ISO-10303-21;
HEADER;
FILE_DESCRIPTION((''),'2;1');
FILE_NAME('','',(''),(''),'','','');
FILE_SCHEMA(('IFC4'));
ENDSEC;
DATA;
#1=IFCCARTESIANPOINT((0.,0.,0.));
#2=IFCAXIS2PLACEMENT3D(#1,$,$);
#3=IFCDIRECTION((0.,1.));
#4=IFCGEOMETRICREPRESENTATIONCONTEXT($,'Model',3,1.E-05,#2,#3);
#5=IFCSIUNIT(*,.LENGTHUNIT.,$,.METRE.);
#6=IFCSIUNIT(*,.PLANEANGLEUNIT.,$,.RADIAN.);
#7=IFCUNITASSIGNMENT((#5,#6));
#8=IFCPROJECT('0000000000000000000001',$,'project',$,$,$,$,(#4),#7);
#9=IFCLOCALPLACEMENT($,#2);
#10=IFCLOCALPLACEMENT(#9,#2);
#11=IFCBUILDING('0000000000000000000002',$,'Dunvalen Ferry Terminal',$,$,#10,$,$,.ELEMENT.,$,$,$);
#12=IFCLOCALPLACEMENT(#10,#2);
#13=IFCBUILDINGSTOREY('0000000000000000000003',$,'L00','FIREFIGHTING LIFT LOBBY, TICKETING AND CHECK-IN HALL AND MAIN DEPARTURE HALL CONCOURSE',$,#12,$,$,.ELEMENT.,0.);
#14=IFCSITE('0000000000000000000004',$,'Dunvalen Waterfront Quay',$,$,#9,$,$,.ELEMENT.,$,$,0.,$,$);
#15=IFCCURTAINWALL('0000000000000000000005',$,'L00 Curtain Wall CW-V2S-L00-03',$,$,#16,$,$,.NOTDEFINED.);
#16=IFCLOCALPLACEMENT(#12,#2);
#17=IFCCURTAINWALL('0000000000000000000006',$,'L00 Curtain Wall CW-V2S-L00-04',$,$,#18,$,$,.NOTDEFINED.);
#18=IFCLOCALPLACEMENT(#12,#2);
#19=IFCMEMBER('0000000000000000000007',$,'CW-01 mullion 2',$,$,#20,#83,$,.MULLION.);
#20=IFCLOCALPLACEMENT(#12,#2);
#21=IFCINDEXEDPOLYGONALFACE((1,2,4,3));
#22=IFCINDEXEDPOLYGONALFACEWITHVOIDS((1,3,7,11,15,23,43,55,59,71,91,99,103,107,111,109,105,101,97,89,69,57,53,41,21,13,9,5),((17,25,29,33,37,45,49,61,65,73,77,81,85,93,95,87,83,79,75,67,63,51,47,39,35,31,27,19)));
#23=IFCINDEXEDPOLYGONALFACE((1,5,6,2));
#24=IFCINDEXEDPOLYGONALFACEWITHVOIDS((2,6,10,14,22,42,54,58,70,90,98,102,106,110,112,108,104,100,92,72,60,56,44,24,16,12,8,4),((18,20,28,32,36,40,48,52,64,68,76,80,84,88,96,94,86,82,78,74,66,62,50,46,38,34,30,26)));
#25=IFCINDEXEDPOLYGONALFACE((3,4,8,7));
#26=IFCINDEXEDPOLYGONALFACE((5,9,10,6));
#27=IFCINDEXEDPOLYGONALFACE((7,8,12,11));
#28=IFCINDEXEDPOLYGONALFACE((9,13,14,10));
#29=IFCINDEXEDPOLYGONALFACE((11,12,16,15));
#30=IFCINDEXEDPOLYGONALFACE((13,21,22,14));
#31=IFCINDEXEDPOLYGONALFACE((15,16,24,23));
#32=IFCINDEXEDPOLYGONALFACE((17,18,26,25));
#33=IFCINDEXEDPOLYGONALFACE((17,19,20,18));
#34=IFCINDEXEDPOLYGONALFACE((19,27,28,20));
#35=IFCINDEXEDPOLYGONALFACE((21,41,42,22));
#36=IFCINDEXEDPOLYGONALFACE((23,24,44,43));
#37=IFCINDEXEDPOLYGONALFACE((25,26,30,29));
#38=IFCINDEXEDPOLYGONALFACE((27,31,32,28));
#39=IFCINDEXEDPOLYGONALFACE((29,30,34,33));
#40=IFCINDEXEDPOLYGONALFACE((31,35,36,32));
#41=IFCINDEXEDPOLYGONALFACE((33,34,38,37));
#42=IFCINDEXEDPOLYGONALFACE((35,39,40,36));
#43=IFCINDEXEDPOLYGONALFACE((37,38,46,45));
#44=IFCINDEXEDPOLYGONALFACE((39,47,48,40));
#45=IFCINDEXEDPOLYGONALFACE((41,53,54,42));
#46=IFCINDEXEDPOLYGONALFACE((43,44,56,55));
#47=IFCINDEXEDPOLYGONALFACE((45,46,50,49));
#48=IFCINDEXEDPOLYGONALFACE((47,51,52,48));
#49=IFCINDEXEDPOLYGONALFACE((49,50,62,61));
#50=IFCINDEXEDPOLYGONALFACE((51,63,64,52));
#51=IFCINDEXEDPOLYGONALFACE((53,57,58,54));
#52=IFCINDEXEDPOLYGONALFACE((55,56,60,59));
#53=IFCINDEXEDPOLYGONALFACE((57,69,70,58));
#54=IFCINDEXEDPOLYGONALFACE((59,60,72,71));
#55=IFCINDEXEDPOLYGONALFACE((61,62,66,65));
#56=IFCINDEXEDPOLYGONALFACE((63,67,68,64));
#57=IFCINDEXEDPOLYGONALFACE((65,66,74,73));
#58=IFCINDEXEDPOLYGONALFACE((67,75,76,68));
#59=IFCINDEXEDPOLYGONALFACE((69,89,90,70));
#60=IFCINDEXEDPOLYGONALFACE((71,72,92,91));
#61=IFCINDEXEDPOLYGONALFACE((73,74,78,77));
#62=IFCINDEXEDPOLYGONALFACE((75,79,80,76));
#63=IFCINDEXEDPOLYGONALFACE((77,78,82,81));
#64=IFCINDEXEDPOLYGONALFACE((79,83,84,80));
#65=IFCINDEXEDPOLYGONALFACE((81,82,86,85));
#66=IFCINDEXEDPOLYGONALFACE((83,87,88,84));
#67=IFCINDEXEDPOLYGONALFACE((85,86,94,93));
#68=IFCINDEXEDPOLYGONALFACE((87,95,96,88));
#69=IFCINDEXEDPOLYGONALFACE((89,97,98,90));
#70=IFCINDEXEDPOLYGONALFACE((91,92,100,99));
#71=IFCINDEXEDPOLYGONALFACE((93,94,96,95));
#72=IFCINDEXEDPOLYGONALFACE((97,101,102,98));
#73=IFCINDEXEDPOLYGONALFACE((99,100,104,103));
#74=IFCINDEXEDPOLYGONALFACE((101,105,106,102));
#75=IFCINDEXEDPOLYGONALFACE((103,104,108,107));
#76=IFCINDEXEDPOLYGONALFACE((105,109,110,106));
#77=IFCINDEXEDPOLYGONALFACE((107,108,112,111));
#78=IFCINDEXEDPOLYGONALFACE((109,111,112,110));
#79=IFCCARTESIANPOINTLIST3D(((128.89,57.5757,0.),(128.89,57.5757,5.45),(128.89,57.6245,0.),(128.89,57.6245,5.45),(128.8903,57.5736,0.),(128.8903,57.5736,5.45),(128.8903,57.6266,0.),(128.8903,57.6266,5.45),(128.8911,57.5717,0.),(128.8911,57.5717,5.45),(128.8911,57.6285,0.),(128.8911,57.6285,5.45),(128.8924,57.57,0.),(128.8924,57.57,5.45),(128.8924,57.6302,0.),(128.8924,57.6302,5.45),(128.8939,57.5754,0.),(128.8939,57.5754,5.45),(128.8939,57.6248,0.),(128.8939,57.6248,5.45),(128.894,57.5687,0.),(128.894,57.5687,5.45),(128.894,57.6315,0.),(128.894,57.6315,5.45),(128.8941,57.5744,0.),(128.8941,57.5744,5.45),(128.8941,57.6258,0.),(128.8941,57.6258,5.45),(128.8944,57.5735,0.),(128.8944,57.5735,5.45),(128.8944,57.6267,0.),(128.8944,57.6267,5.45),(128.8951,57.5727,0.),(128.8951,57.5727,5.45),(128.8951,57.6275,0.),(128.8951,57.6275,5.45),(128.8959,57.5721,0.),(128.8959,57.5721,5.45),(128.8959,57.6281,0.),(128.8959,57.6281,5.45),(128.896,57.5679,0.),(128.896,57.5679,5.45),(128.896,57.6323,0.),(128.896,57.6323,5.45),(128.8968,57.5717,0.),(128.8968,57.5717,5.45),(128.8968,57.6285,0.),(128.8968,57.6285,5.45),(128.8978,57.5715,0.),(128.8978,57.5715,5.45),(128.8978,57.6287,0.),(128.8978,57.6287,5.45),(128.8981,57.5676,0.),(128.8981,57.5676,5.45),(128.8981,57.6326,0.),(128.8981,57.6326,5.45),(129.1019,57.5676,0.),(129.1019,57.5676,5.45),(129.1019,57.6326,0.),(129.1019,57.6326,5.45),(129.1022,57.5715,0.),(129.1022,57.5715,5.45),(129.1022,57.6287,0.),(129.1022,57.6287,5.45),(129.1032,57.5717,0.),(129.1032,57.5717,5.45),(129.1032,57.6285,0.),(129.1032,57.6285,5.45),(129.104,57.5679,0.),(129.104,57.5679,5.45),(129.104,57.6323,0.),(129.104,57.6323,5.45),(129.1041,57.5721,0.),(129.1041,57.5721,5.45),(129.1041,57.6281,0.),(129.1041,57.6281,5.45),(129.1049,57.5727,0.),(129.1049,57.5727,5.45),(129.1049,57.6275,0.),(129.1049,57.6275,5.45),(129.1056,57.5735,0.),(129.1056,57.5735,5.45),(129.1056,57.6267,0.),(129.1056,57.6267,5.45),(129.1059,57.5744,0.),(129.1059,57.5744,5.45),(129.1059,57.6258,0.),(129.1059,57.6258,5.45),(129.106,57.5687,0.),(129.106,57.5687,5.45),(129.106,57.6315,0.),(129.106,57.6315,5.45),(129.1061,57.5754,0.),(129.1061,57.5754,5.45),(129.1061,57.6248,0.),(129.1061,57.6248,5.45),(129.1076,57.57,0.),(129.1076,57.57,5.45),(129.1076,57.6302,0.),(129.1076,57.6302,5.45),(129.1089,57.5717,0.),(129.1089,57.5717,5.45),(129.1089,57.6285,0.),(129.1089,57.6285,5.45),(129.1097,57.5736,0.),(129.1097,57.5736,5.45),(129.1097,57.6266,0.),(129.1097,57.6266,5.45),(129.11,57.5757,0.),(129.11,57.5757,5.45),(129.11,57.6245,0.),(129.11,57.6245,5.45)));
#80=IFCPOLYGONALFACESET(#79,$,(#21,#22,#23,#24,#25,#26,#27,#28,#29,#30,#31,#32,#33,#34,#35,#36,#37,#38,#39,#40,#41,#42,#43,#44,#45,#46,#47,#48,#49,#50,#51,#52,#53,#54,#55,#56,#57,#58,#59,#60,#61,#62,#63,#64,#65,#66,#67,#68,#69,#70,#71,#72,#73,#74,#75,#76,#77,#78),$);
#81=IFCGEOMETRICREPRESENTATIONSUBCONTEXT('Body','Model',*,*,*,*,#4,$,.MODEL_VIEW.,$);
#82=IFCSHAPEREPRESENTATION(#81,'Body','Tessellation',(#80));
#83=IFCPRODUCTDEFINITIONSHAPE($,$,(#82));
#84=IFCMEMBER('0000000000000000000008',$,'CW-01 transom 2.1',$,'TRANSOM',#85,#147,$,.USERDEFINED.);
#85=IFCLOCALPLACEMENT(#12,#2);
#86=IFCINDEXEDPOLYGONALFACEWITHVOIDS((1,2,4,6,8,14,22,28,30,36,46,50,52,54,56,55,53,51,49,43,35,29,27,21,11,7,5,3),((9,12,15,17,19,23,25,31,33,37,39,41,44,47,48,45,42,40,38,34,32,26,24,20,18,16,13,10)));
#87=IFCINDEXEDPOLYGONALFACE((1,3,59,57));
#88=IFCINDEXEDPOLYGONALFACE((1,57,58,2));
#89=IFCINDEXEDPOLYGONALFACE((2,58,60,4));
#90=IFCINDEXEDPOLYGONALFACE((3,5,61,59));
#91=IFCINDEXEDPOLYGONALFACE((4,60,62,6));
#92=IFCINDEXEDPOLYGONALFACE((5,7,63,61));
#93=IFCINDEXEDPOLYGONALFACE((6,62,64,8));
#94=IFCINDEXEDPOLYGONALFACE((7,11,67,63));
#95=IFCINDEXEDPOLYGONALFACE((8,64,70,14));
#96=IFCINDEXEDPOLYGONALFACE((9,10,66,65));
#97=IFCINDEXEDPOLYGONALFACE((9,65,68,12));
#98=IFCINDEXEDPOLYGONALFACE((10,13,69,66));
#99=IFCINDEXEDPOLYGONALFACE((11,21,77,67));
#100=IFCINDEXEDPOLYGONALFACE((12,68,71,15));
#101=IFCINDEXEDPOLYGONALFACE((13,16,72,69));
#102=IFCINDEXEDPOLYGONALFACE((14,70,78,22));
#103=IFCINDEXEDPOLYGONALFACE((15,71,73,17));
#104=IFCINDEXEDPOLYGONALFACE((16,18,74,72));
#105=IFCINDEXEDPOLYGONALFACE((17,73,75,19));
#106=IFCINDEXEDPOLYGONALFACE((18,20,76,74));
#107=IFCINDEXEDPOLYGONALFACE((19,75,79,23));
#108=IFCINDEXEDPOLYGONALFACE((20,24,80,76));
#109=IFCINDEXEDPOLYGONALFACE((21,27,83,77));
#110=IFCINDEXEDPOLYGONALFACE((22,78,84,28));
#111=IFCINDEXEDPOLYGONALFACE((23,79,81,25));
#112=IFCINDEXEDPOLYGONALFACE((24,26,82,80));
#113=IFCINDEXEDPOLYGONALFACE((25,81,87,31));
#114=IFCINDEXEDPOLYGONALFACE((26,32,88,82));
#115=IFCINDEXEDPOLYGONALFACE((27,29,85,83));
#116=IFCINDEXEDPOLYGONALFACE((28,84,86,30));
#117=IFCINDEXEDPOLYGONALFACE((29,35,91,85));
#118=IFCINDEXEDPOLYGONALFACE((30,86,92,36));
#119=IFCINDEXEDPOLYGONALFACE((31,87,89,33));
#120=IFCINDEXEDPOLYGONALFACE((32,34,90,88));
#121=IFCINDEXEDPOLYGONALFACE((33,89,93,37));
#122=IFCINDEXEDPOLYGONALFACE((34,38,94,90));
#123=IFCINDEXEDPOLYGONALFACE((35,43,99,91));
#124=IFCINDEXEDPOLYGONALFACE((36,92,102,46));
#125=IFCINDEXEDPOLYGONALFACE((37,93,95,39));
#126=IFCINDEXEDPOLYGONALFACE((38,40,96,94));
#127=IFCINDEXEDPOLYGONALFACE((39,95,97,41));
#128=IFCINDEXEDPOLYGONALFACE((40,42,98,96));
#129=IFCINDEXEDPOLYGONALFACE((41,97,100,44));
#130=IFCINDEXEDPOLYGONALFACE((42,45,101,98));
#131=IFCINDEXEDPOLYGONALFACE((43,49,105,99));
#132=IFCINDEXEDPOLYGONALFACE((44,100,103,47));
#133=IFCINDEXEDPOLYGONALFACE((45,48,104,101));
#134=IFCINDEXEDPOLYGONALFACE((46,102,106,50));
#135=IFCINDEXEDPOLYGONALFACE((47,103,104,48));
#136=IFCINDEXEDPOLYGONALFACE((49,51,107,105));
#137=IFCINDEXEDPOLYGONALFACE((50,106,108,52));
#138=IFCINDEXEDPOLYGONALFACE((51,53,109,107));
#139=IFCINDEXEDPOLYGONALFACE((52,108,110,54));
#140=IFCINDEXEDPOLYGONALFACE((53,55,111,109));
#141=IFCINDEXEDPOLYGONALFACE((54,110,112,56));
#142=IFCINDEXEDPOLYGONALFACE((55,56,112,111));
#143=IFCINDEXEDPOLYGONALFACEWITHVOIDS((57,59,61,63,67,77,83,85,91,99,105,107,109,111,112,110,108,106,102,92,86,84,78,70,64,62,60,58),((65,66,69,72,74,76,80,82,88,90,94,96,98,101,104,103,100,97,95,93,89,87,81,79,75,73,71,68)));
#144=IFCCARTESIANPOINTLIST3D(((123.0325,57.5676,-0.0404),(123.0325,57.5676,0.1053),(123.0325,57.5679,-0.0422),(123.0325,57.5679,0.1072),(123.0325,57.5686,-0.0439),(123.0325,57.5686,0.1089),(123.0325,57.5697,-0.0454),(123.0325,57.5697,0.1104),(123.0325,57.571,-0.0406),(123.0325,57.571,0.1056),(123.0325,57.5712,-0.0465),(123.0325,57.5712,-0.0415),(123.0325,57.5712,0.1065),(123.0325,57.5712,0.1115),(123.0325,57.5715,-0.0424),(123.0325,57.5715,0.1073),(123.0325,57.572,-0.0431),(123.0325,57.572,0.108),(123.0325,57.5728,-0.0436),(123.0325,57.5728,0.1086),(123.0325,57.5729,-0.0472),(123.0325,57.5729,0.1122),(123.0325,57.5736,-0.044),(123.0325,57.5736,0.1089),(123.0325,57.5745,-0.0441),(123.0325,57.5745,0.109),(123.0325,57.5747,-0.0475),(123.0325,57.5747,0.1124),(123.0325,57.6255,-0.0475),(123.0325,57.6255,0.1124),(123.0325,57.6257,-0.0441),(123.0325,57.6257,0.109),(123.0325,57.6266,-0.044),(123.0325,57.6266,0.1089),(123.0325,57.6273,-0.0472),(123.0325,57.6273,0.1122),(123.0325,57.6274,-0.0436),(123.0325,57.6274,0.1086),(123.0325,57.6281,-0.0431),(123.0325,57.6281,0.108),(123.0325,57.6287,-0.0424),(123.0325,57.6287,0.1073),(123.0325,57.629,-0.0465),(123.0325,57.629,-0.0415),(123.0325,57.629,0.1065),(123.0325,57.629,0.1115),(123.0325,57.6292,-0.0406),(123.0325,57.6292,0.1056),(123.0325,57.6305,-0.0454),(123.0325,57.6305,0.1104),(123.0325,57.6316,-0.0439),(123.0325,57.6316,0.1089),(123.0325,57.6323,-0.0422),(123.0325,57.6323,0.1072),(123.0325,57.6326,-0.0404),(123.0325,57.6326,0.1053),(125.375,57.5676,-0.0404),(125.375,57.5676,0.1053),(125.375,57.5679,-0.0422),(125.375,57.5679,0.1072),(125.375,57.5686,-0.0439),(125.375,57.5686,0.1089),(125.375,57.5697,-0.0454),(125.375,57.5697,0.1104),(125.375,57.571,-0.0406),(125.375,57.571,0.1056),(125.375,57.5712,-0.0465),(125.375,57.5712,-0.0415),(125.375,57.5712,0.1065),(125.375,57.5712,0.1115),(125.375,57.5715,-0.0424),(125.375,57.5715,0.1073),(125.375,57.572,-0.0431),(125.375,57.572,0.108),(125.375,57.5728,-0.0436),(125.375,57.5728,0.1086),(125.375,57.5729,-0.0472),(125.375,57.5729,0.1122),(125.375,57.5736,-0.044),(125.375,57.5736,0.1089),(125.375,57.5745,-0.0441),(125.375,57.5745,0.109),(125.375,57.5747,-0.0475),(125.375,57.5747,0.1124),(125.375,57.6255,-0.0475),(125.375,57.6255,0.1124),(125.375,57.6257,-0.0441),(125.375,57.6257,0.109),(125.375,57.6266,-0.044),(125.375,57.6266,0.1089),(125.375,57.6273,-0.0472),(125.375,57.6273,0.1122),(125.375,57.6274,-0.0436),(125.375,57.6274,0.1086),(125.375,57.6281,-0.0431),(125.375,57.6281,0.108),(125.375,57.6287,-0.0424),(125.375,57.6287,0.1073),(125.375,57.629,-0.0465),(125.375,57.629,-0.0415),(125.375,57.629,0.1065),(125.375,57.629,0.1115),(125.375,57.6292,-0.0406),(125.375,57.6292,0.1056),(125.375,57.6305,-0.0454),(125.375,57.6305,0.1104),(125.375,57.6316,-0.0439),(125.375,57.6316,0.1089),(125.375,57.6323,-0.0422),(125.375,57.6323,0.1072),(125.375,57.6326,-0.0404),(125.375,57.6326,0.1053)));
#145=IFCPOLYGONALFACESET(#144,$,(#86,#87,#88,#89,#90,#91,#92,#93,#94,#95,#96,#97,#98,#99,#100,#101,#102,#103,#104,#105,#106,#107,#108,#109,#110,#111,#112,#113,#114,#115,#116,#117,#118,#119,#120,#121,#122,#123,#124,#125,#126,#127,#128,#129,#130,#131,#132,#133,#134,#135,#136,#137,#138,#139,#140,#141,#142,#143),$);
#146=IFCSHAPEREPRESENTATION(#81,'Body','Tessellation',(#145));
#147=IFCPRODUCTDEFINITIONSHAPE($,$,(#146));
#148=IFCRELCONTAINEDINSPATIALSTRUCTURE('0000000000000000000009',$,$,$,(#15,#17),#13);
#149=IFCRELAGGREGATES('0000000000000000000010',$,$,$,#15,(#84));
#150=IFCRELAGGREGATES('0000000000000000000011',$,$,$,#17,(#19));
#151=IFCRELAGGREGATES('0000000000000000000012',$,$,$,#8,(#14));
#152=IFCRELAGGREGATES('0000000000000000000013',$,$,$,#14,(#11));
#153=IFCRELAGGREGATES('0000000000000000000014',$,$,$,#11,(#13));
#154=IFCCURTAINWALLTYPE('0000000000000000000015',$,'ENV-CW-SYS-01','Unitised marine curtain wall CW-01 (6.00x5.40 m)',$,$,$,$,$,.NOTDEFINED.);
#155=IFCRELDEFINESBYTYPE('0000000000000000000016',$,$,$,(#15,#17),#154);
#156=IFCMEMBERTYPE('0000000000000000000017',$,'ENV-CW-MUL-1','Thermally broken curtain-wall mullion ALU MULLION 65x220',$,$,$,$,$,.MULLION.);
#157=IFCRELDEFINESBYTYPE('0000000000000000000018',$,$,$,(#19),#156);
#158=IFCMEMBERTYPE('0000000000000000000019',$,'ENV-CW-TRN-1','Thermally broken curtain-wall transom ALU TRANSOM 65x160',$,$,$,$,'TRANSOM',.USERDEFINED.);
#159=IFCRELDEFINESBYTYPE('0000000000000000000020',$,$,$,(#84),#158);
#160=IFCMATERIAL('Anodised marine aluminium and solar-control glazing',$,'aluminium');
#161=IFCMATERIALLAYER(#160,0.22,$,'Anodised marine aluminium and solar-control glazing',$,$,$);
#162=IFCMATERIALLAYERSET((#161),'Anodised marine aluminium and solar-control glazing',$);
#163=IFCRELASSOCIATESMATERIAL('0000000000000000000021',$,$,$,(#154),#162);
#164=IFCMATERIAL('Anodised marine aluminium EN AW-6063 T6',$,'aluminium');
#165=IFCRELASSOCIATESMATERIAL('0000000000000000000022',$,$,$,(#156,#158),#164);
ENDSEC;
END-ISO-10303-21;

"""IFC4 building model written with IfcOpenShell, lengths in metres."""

from ifc_helpers import new_model, si_unit, direction, frame, origin, origin_2d, place, context, subcontext, project, spatial, hollow_rectangle, extrude, material, layer, layer_set, material_profile, profile_set, type_object, element, aggregate, save


model = new_model("IFC4")

# Units and contexts
model_context = context("Model", 3, precision=1e-05, world=origin(), true_north=direction((0.0, 1.0)))
body_context = subcontext(model_context, "Body", "Model", "MODEL_VIEW")
ifc_project = project(units=[si_unit("LENGTHUNIT", "METRE"), si_unit("PLANEANGLEUNIT", "RADIAN")], contexts=[model_context])

# Site, building, storey
site_placement = place(None, origin())
site = spatial("IfcSite", under=ifc_project, at=site_placement, Name="Dunvalen Waterfront Quay", CompositionType="ELEMENT", RefElevation=0.0)
building_placement = place(site_placement, origin())
building = spatial("IfcBuilding", under=site, at=building_placement, Name="Dunvalen Ferry Terminal", CompositionType="ELEMENT")
storey_placement = place(building_placement, origin())
storey = spatial("IfcBuildingStorey", under=building, at=storey_placement, Name="L00", Description="FIREFIGHTING LIFT LOBBY, TICKETING AND CHECK-IN HALL AND MAIN DEPARTURE HALL CONCOURSE", CompositionType="ELEMENT", Elevation=0.0)

# Curtain walls, member
ifc_material_1 = material(Name="Anodised marine aluminium and solar-control glazing", Category="aluminium")
ifc_layer_1 = layer(ifc_material_1, 0.22, Name="Anodised marine aluminium and solar-control glazing")
ifc_layer_set_1 = layer_set([ifc_layer_1], Name="Anodised marine aluminium and solar-control glazing")
curtain_wall_type = type_object("IfcCurtainWallType", Name="ENV-CW-SYS-01", Description="Unitised marine curtain wall CW-01 (6.00x5.40 m)", PredefinedType="NOTDEFINED", material=ifc_layer_set_1)
curtain_wall_1_placement = place(storey_placement, origin())
curtain_wall_1 = element("IfcCurtainWall", 1, at=curtain_wall_1_placement, inside=storey, type_object=curtain_wall_type, Name="L00 Curtain Wall CW-V2S-L00-03", PredefinedType="NOTDEFINED")
ifc_material_2 = material(Name="Anodised marine aluminium EN AW-6063 T6", Category="aluminium")
ifc_material_profile_1 = material_profile(ifc_material_2, hollow_rectangle(XDim=0.0649, YDim=0.22, WallThickness=0.0039, InnerFilletRadius=0.0039, OuterFilletRadius=0.0081, at=origin_2d()), Name="Anodised marine aluminium EN AW-6063 T6")
ifc_profile_set_1 = profile_set([ifc_material_profile_1], Name="Anodised marine aluminium EN AW-6063 T6")
member_type_1 = type_object("IfcMemberType", Name="ENV-CW-MUL-1", Description="Thermally broken curtain-wall mullion ALU MULLION 65x220", PredefinedType="MULLION", material=ifc_profile_set_1)
curtain_wall_2_placement = place(storey_placement, origin())
curtain_wall_2 = element("IfcCurtainWall", 2, at=curtain_wall_2_placement, inside=storey, type_object=curtain_wall_type, Name="L00 Curtain Wall CW-V2S-L00-04", PredefinedType="NOTDEFINED")
member_1_placement = place(storey_placement, frame((129.0, 57.6001, 0.0), z_axis=(0.0, 0.0, 1.0), x_axis=(0.0, 1.0, 0.0)))
member_1 = element("IfcMember", 3, at=member_1_placement, type_object=member_type_1, Name="CW-01 mullion 2", PredefinedType="MULLION", context=body_context, shape_type="SweptSolid", body=[
    extrude(hollow_rectangle(XDim=0.0649, YDim=0.22, WallThickness=0.0039, InnerFilletRadius=0.0039, OuterFilletRadius=0.0081, at=origin_2d()), origin(), (0.0, 0.0, 1.0), 5.45),
])

# Member
ifc_material_profile_2 = material_profile(ifc_material_2, hollow_rectangle(XDim=0.0649, YDim=0.1599, WallThickness=0.0034, InnerFilletRadius=0.0034, OuterFilletRadius=0.0071, at=origin_2d()), Name="Anodised marine aluminium EN AW-6063 T6")
ifc_profile_set_2 = profile_set([ifc_material_profile_2], Name="Anodised marine aluminium EN AW-6063 T6")
member_type_2 = type_object("IfcMemberType", Name="ENV-CW-TRN-1", Description="Thermally broken curtain-wall transom ALU TRANSOM 65x160", ElementType="TRANSOM", PredefinedType="USERDEFINED", material=ifc_profile_set_2)
member_2_placement = place(storey_placement, frame((123.0325, 57.6001, 0.0325), z_axis=(1.0, 0.0, 0.0), x_axis=(0.0, 1.0, 0.0)))
member_2 = element("IfcMember", 4, at=member_2_placement, type_object=member_type_2, Name="CW-01 transom 2.1", ObjectType="TRANSOM", PredefinedType="USERDEFINED", context=body_context, shape_type="SweptSolid", body=[
    extrude(hollow_rectangle(XDim=0.0649, YDim=0.1599, WallThickness=0.0034, InnerFilletRadius=0.0034, OuterFilletRadius=0.0071, at=origin_2d()), origin(), (0.0, 0.0, 1.0), 2.3425),
])

aggregate(curtain_wall_1, [member_2])
aggregate(curtain_wall_2, [member_1])

save(model, "model.ifc")
